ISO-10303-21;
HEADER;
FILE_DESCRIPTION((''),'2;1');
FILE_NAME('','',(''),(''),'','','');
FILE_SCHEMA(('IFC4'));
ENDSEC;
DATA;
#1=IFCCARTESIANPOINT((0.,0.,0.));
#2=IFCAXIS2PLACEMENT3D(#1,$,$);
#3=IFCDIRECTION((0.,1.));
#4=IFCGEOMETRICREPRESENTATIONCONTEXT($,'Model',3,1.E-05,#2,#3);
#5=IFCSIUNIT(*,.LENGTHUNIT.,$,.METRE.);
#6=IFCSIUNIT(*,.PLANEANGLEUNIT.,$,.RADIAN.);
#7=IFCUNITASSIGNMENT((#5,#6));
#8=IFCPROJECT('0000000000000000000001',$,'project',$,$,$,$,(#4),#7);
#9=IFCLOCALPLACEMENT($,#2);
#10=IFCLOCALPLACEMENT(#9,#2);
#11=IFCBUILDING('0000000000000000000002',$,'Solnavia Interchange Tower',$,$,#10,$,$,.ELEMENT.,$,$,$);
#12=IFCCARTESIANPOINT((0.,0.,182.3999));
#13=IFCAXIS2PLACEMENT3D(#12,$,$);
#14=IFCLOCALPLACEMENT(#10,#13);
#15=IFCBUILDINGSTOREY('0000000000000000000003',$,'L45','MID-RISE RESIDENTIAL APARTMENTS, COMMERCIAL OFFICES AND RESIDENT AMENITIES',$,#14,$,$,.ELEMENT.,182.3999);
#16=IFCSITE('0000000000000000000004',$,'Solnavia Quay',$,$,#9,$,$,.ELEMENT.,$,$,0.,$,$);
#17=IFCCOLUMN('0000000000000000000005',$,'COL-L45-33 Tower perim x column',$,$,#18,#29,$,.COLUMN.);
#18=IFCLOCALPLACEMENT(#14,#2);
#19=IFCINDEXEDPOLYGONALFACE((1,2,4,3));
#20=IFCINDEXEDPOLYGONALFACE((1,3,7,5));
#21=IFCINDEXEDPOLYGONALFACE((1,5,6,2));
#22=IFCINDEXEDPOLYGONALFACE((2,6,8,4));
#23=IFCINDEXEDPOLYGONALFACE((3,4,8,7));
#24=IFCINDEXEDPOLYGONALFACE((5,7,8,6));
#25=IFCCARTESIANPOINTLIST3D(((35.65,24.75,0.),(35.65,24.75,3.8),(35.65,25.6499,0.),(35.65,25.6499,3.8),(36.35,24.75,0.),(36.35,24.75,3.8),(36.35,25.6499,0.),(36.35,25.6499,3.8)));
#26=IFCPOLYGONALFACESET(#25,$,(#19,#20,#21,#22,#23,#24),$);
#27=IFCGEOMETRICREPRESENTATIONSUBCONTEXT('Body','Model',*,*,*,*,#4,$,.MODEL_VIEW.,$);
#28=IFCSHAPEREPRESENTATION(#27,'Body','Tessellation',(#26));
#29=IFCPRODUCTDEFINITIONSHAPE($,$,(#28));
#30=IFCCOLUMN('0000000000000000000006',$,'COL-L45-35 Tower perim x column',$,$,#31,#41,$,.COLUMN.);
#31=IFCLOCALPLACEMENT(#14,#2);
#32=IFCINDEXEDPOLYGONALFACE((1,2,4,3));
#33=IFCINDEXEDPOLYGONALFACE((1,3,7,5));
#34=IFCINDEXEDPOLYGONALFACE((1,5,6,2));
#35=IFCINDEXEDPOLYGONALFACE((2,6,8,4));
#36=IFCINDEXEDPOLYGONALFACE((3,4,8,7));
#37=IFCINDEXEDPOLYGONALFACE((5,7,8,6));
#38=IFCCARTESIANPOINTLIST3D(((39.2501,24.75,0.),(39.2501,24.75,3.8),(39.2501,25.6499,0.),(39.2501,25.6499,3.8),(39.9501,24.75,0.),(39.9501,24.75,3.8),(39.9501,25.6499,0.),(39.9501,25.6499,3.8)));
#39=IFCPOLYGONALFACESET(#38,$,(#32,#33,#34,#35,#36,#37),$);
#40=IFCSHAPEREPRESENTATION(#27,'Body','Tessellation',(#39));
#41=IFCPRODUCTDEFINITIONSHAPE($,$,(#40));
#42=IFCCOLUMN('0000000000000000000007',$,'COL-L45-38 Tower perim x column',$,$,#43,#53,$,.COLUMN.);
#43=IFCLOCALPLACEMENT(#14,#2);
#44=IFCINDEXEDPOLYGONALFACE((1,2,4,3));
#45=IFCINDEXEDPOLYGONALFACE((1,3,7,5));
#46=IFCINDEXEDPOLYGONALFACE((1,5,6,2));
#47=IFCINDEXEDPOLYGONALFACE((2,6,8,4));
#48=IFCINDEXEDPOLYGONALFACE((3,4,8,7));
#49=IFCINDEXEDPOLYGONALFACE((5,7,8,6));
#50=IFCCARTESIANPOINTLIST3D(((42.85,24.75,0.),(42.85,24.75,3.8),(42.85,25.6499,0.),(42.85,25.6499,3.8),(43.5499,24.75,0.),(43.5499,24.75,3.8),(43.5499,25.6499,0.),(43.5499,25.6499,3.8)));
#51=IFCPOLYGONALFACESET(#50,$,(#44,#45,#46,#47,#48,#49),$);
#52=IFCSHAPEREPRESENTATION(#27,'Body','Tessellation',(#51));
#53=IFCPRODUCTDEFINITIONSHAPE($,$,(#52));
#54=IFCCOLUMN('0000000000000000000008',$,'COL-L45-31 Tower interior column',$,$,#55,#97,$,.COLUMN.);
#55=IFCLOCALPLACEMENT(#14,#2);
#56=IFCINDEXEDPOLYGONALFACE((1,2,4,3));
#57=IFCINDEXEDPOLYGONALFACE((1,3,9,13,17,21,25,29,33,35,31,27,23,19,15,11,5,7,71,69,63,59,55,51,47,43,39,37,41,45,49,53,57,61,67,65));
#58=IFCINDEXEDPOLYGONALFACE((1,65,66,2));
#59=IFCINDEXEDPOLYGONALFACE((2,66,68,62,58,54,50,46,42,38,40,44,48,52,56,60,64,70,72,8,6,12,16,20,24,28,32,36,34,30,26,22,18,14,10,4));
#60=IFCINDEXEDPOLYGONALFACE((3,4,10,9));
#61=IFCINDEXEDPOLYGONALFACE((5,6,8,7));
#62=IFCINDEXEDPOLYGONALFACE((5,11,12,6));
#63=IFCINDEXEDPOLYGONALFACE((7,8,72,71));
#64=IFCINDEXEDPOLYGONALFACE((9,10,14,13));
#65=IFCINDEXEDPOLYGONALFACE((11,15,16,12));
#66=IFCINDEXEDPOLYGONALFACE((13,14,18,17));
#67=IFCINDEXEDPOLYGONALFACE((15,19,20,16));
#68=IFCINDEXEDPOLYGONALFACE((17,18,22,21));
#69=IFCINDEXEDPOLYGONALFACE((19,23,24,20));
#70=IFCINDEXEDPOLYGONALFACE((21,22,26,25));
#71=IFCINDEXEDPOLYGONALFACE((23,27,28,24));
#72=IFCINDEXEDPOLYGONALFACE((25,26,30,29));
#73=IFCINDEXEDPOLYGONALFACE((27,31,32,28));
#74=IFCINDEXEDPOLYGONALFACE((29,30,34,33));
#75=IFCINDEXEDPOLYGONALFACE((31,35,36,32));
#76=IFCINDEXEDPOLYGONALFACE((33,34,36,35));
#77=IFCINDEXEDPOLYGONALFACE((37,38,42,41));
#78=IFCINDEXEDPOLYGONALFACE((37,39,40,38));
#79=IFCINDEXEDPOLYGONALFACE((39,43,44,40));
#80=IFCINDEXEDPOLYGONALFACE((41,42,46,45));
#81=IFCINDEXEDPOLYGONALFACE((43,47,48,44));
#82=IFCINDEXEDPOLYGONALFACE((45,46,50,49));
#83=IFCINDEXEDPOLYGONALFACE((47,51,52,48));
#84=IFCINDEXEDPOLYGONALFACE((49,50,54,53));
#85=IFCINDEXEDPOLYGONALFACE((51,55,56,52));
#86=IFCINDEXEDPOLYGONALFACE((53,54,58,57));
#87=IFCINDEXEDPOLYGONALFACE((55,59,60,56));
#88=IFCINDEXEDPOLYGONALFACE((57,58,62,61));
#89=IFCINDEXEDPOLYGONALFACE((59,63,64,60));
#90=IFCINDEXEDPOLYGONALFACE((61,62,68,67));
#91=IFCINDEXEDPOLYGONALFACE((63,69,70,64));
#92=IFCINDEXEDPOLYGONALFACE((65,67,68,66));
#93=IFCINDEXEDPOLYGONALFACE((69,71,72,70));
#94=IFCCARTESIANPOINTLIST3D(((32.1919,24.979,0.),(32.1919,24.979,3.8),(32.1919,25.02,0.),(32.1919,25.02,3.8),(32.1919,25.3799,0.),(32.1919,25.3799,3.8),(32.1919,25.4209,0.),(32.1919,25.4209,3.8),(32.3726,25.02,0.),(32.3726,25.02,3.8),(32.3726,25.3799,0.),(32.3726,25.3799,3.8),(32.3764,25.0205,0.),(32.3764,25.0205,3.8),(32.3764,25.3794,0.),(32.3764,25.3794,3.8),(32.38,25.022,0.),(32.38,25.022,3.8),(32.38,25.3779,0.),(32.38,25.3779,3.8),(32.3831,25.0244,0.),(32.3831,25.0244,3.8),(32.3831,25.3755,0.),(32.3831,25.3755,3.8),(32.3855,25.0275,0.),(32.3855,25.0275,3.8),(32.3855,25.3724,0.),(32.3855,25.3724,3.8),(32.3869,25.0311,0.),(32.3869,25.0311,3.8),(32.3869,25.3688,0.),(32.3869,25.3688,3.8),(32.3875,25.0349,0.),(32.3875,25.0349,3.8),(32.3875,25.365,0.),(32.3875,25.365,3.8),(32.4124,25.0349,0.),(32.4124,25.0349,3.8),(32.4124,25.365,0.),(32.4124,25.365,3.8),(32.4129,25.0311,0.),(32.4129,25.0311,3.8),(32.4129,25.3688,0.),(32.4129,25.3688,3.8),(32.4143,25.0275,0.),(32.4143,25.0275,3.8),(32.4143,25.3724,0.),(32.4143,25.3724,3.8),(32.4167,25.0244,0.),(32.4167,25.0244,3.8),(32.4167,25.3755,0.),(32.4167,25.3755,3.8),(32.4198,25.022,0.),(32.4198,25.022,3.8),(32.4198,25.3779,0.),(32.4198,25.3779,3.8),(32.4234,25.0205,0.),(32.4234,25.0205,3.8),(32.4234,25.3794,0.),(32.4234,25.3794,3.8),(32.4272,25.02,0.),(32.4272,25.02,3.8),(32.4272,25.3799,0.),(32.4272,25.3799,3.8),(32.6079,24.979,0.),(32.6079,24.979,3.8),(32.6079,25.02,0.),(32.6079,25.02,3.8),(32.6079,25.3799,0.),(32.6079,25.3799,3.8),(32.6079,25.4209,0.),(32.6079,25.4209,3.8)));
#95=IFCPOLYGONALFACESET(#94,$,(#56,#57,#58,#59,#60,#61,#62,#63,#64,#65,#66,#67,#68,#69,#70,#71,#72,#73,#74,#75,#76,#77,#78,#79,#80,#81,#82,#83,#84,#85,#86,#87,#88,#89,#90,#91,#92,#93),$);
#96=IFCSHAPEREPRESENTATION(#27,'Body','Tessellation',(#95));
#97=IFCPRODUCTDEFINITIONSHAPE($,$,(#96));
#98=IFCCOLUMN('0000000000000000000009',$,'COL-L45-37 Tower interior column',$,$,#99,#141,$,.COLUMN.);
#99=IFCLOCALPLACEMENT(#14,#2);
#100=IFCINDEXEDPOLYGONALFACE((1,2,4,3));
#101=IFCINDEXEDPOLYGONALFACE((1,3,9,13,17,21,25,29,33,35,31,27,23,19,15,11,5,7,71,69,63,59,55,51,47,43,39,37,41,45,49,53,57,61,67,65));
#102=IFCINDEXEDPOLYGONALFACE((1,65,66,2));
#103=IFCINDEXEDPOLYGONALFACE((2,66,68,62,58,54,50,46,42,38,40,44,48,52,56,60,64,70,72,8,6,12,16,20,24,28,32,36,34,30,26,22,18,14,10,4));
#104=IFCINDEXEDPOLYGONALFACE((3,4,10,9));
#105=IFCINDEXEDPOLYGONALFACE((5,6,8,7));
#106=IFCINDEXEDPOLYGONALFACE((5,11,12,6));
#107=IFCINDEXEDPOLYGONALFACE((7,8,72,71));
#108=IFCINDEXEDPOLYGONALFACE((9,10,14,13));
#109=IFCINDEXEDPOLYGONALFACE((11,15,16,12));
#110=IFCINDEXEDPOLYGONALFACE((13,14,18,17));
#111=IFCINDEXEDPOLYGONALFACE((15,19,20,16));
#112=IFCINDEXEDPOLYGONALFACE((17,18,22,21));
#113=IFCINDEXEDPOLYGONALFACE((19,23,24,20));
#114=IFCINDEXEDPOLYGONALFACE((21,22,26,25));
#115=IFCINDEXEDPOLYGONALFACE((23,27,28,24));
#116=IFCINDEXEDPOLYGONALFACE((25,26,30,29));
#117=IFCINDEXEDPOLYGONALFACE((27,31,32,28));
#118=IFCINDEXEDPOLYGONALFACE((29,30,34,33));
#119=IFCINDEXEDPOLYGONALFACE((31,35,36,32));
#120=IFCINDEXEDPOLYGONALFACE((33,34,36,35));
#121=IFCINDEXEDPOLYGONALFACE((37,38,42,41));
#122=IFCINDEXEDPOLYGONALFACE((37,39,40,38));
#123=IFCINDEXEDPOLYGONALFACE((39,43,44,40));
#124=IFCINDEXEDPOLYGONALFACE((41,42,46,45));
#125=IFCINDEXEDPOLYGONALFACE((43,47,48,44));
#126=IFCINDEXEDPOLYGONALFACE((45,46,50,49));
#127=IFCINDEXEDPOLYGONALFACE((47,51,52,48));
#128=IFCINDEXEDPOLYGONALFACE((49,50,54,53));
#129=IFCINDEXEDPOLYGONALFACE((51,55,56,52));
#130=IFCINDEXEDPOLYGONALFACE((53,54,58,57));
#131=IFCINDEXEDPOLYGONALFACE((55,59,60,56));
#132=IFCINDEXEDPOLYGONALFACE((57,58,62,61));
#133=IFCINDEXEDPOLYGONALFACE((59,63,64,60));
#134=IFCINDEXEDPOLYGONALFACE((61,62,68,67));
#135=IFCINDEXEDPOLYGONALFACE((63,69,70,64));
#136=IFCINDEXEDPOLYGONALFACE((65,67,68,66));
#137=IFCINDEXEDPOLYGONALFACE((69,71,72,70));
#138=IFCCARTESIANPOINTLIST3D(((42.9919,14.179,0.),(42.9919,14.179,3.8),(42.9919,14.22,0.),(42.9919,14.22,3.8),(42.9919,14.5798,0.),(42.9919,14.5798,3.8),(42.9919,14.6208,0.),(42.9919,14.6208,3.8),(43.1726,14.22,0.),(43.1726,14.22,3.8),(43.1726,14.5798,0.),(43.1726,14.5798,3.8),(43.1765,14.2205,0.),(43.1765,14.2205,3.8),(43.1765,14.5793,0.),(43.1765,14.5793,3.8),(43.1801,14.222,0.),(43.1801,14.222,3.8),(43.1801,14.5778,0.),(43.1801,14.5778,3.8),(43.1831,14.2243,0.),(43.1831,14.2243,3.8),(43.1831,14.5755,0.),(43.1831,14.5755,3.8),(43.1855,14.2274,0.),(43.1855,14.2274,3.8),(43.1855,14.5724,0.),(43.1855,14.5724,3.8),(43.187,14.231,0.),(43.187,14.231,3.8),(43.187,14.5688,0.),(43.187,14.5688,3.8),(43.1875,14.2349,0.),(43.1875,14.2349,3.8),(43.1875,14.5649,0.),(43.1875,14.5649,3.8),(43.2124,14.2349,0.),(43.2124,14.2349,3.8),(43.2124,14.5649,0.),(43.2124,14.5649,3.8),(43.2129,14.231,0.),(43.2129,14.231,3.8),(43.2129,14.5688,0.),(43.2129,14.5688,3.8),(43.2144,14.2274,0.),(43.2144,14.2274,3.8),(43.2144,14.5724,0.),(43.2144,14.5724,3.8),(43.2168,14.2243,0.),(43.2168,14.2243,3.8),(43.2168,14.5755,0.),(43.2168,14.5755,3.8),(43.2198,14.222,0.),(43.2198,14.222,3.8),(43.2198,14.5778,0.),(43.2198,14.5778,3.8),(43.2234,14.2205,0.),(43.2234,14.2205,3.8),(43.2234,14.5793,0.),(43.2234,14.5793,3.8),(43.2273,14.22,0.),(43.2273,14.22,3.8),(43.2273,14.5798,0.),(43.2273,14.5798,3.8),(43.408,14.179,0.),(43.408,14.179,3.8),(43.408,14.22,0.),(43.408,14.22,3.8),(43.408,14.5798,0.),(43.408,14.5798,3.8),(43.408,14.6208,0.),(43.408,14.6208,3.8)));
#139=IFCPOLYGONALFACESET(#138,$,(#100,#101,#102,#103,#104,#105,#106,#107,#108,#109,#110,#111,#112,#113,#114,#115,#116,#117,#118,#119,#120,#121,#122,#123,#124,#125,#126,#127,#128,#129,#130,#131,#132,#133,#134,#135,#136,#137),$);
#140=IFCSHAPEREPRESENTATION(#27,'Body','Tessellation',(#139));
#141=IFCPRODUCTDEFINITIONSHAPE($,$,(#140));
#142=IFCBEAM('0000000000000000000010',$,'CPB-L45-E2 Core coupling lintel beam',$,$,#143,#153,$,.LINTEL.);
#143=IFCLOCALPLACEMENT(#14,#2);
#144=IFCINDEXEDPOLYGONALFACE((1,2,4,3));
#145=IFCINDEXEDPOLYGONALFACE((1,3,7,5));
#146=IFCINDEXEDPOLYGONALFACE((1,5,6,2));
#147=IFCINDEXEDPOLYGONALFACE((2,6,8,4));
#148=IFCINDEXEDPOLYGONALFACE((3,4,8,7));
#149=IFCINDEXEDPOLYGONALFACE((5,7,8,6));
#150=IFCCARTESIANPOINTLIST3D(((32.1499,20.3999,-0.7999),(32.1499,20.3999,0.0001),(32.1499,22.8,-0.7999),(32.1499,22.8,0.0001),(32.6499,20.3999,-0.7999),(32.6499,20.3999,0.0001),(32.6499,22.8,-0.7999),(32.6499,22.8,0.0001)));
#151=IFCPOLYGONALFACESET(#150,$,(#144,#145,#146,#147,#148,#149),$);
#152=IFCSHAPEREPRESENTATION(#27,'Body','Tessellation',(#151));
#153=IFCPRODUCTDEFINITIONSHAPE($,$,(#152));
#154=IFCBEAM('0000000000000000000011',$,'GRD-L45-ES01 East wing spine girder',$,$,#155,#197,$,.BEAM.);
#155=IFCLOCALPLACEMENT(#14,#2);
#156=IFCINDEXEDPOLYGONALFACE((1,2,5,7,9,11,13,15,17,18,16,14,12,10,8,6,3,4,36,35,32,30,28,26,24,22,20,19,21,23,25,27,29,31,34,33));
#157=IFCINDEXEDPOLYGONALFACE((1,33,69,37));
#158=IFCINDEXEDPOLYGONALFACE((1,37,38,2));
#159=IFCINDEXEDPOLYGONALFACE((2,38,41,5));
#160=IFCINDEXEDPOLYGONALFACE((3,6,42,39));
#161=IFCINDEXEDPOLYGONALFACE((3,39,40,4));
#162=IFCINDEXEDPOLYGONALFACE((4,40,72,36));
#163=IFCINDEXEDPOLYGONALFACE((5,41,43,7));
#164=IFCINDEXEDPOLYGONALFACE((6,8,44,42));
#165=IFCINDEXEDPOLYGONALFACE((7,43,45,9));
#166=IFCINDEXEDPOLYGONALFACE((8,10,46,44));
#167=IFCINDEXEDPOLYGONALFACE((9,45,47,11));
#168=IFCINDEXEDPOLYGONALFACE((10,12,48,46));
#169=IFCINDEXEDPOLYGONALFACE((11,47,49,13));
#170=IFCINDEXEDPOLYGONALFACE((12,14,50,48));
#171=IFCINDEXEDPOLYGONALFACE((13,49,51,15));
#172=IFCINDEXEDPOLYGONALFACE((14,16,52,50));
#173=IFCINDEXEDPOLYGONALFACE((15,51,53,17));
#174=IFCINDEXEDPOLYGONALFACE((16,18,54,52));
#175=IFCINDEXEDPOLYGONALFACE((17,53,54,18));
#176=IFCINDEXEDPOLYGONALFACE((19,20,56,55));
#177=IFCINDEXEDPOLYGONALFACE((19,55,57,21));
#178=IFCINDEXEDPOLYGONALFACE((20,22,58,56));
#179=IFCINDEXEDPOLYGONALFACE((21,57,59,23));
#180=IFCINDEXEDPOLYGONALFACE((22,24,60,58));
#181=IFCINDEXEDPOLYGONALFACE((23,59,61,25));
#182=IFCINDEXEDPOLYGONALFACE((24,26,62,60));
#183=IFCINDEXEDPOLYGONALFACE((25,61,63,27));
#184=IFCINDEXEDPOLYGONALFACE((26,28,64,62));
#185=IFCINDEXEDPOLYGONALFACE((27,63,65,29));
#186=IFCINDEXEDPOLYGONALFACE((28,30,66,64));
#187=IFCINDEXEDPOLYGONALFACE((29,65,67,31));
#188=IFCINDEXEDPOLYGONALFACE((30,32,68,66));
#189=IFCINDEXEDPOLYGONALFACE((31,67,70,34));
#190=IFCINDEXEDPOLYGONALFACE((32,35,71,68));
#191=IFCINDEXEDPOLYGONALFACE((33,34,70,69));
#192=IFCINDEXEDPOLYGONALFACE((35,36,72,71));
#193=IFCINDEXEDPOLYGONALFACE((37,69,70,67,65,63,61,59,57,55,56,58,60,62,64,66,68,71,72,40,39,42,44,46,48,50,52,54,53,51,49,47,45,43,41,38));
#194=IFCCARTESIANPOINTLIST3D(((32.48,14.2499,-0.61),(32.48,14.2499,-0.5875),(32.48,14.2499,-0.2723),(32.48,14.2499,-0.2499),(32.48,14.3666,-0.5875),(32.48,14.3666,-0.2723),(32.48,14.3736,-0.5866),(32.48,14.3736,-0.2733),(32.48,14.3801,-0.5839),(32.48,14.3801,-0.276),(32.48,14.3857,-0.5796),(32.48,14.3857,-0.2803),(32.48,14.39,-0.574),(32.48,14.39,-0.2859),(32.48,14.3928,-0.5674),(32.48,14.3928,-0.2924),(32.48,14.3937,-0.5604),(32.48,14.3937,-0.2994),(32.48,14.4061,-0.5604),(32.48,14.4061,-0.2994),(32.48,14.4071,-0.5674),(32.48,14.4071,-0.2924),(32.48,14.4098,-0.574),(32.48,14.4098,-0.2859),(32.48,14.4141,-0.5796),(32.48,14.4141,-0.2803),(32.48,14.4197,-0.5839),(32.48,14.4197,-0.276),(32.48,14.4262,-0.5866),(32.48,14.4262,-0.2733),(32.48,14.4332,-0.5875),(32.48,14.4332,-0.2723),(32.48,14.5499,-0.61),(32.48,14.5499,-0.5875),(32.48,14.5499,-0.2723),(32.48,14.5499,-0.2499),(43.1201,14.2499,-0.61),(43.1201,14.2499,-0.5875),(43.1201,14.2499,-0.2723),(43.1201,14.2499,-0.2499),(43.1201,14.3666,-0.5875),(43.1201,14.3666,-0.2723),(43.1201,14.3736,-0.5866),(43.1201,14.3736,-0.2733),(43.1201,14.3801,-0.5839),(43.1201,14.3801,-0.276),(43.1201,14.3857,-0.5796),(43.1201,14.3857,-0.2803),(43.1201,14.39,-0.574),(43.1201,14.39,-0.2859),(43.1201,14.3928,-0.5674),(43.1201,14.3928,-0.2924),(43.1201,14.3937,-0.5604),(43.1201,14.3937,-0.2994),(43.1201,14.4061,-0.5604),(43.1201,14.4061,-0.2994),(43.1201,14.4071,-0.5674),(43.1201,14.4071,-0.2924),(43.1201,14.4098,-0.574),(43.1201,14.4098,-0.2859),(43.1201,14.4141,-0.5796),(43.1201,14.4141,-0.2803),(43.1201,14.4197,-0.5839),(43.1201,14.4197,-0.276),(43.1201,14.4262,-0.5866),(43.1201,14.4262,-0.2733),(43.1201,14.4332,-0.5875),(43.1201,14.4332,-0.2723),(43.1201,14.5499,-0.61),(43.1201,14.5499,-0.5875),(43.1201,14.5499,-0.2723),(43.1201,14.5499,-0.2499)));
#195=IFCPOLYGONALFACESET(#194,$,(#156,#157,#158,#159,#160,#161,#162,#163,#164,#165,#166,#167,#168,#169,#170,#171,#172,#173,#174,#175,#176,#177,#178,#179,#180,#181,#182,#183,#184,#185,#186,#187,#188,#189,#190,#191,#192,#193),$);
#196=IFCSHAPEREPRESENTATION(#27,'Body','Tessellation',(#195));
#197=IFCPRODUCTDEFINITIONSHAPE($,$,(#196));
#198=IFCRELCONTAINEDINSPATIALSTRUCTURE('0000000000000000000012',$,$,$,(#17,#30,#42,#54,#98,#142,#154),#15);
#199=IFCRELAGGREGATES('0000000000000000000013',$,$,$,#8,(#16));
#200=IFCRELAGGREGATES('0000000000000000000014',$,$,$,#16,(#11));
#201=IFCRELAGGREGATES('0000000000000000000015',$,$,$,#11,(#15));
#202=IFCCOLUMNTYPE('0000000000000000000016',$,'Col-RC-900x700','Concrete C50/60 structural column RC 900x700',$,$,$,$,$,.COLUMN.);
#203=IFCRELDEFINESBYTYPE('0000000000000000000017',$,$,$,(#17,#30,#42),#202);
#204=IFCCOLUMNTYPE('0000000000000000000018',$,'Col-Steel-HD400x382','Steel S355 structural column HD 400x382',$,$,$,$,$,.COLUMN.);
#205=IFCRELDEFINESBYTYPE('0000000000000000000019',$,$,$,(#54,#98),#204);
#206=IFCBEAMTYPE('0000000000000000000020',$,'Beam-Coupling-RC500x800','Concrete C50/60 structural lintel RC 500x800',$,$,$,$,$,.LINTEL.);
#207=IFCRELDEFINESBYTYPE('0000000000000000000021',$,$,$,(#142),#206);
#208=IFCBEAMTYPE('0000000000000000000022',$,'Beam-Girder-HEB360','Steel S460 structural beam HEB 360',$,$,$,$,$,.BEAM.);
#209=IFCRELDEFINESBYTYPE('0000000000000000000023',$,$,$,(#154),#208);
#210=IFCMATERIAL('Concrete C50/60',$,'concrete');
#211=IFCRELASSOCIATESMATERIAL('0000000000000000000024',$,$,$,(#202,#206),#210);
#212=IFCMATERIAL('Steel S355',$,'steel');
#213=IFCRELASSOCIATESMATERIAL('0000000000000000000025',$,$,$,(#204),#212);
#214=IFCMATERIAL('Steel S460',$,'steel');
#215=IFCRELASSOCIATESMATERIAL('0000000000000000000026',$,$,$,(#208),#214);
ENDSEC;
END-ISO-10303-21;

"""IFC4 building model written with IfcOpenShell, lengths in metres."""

from ifc_helpers import new_model, si_unit, direction, frame, origin, origin_2d, place, context, subcontext, project, spatial, rectangle, i_section, extrude, material, material_profile, profile_set, type_object, element, save


model = new_model("IFC4")

# Units and contexts
model_context = context("Model", 3, precision=1e-05, world=origin(), true_north=direction((0.0, 1.0)))
body_context = subcontext(model_context, "Body", "Model", "MODEL_VIEW")
ifc_project = project(units=[si_unit("LENGTHUNIT", "METRE"), si_unit("PLANEANGLEUNIT", "RADIAN")], contexts=[model_context])

# Site, building, storey
site_placement = place(None, origin())
site = spatial("IfcSite", under=ifc_project, at=site_placement, Name="Solnavia Quay", CompositionType="ELEMENT", RefElevation=0.0)
building_placement = place(site_placement, origin())
building = spatial("IfcBuilding", under=site, at=building_placement, Name="Solnavia Interchange Tower", CompositionType="ELEMENT")
storey_placement = place(building_placement, frame((0.0, 0.0, 182.3999)))
storey = spatial("IfcBuildingStorey", under=building, at=storey_placement, Name="L45", Description="MID-RISE RESIDENTIAL APARTMENTS, COMMERCIAL OFFICES AND RESIDENT AMENITIES", CompositionType="ELEMENT", Elevation=182.3999)

# Columns
ifc_material_1 = material(Name="Concrete C50/60", Category="concrete")
ifc_material_profile_1 = material_profile(ifc_material_1, rectangle(XDim=0.7, YDim=0.8999, at=origin_2d()), Name="RC 900x700")
ifc_profile_set_1 = profile_set([ifc_material_profile_1], Name="Concrete C50/60")
column_type_1 = type_object("IfcColumnType", Name="Col-RC-900x700", Description="Concrete C50/60 structural column RC 900x700", PredefinedType="COLUMN", material=ifc_profile_set_1)
for number, where, z_axis, x_axis, name in (
    (1, (36.0, 25.2, 0.0), (0.0, 0.0, 1.0), (1.0, 0.0, 0.0), "COL-L45-33 Tower perim x column"),
    (2, (39.6001, 25.2, 0.0), (0.0, 0.0, 1.0), (1.0, 0.0, 0.0), "COL-L45-35 Tower perim x column"),
    (3, (43.2, 25.2, 0.0), (0.0, 0.0, 1.0), (1.0, 0.0, 0.0), "COL-L45-38 Tower perim x column"),
):
    element("IfcColumn", number, at=place(storey_placement, frame(where, z_axis=z_axis, x_axis=x_axis)), inside=storey, type_object=column_type_1, Name=name, PredefinedType="COLUMN", context=body_context, shape_type="SweptSolid", body=[
        extrude(rectangle(XDim=0.7, YDim=0.8999, at=origin_2d()), origin(), (0.0, 0.0, 1.0), 3.8),
    ])
ifc_material_2 = material(Name="Steel S355", Category="steel")
ifc_material_profile_2 = material_profile(ifc_material_2, i_section(OverallWidth=0.416, OverallDepth=0.4419, WebThickness=0.0249, FlangeThickness=0.041, FilletRadius=0.0149, at=origin_2d()), Name="HD 400x382")
ifc_profile_set_2 = profile_set([ifc_material_profile_2], Name="Steel S355")
column_type_2 = type_object("IfcColumnType", Name="Col-Steel-HD400x382", Description="Steel S355 structural column HD 400x382", PredefinedType="COLUMN", material=ifc_profile_set_2)
for number, where, z_axis, x_axis, name in (
    (4, (32.3999, 25.2, 0.0), (0.0, 0.0, 1.0), (1.0, 0.0, 0.0), "COL-L45-31 Tower interior column"),
    (5, (43.2, 14.3999, 0.0), (0.0, 0.0, 1.0), (1.0, 0.0, 0.0), "COL-L45-37 Tower interior column"),
):
    element("IfcColumn", number, at=place(storey_placement, frame(where, z_axis=z_axis, x_axis=x_axis)), inside=storey, type_object=column_type_2, Name=name, PredefinedType="COLUMN", context=body_context, shape_type="SweptSolid", body=[
        extrude(i_section(OverallWidth=0.416, OverallDepth=0.4419, WebThickness=0.0249, FlangeThickness=0.041, FilletRadius=0.0149, at=origin_2d()), origin(), (0.0, 0.0, 1.0), 3.8),
    ])

# Beams
ifc_material_profile_3 = material_profile(ifc_material_1, rectangle(XDim=0.5, YDim=0.8, at=origin_2d()), Name="RC 500x800")
ifc_profile_set_3 = profile_set([ifc_material_profile_3], Name="Concrete C50/60")
beam_type_1 = type_object("IfcBeamType", Name="Beam-Coupling-RC500x800", Description="Concrete C50/60 structural lintel RC 500x800", PredefinedType="LINTEL", material=ifc_profile_set_3)
beam_1_placement = place(storey_placement, frame((32.3999, 20.3999, -0.3999), z_axis=(0.0, 1.0, 0.0), x_axis=(-1.0, 0.0, 0.0)))
element("IfcBeam", 6, at=beam_1_placement, inside=storey, type_object=beam_type_1, Name="CPB-L45-E2 Core coupling lintel beam", PredefinedType="LINTEL", context=body_context, shape_type="SweptSolid", body=[
    extrude(rectangle(XDim=0.5, YDim=0.8, at=origin_2d()), origin(), (0.0, 0.0, 1.0), 2.4001),
])
ifc_material_3 = material(Name="Steel S460", Category="steel")
ifc_material_profile_4 = material_profile(ifc_material_3, i_section(OverallWidth=0.3, OverallDepth=0.3601, WebThickness=0.0125, FlangeThickness=0.0225, FilletRadius=0.0271, at=origin_2d()), Name="HEB 360")
ifc_profile_set_4 = profile_set([ifc_material_profile_4], Name="Steel S460")
beam_type_2 = type_object("IfcBeamType", Name="Beam-Girder-HEB360", Description="Steel S460 structural beam HEB 360", PredefinedType="BEAM", material=ifc_profile_set_4)
beam_2_placement = place(storey_placement, frame((32.48, 14.3999, -0.4299), z_axis=(1.0, 0.0, 0.0), x_axis=(0.0, 1.0, 0.0)))
element("IfcBeam", 7, at=beam_2_placement, inside=storey, type_object=beam_type_2, Name="GRD-L45-ES01 East wing spine girder", PredefinedType="BEAM", context=body_context, shape_type="SweptSolid", body=[
    extrude(i_section(OverallWidth=0.3, OverallDepth=0.3601, WebThickness=0.0125, FlangeThickness=0.0225, FilletRadius=0.0271, at=origin_2d()), origin(), (0.0, 0.0, 1.0), 10.6401),
])

save(model, "model.ifc")
